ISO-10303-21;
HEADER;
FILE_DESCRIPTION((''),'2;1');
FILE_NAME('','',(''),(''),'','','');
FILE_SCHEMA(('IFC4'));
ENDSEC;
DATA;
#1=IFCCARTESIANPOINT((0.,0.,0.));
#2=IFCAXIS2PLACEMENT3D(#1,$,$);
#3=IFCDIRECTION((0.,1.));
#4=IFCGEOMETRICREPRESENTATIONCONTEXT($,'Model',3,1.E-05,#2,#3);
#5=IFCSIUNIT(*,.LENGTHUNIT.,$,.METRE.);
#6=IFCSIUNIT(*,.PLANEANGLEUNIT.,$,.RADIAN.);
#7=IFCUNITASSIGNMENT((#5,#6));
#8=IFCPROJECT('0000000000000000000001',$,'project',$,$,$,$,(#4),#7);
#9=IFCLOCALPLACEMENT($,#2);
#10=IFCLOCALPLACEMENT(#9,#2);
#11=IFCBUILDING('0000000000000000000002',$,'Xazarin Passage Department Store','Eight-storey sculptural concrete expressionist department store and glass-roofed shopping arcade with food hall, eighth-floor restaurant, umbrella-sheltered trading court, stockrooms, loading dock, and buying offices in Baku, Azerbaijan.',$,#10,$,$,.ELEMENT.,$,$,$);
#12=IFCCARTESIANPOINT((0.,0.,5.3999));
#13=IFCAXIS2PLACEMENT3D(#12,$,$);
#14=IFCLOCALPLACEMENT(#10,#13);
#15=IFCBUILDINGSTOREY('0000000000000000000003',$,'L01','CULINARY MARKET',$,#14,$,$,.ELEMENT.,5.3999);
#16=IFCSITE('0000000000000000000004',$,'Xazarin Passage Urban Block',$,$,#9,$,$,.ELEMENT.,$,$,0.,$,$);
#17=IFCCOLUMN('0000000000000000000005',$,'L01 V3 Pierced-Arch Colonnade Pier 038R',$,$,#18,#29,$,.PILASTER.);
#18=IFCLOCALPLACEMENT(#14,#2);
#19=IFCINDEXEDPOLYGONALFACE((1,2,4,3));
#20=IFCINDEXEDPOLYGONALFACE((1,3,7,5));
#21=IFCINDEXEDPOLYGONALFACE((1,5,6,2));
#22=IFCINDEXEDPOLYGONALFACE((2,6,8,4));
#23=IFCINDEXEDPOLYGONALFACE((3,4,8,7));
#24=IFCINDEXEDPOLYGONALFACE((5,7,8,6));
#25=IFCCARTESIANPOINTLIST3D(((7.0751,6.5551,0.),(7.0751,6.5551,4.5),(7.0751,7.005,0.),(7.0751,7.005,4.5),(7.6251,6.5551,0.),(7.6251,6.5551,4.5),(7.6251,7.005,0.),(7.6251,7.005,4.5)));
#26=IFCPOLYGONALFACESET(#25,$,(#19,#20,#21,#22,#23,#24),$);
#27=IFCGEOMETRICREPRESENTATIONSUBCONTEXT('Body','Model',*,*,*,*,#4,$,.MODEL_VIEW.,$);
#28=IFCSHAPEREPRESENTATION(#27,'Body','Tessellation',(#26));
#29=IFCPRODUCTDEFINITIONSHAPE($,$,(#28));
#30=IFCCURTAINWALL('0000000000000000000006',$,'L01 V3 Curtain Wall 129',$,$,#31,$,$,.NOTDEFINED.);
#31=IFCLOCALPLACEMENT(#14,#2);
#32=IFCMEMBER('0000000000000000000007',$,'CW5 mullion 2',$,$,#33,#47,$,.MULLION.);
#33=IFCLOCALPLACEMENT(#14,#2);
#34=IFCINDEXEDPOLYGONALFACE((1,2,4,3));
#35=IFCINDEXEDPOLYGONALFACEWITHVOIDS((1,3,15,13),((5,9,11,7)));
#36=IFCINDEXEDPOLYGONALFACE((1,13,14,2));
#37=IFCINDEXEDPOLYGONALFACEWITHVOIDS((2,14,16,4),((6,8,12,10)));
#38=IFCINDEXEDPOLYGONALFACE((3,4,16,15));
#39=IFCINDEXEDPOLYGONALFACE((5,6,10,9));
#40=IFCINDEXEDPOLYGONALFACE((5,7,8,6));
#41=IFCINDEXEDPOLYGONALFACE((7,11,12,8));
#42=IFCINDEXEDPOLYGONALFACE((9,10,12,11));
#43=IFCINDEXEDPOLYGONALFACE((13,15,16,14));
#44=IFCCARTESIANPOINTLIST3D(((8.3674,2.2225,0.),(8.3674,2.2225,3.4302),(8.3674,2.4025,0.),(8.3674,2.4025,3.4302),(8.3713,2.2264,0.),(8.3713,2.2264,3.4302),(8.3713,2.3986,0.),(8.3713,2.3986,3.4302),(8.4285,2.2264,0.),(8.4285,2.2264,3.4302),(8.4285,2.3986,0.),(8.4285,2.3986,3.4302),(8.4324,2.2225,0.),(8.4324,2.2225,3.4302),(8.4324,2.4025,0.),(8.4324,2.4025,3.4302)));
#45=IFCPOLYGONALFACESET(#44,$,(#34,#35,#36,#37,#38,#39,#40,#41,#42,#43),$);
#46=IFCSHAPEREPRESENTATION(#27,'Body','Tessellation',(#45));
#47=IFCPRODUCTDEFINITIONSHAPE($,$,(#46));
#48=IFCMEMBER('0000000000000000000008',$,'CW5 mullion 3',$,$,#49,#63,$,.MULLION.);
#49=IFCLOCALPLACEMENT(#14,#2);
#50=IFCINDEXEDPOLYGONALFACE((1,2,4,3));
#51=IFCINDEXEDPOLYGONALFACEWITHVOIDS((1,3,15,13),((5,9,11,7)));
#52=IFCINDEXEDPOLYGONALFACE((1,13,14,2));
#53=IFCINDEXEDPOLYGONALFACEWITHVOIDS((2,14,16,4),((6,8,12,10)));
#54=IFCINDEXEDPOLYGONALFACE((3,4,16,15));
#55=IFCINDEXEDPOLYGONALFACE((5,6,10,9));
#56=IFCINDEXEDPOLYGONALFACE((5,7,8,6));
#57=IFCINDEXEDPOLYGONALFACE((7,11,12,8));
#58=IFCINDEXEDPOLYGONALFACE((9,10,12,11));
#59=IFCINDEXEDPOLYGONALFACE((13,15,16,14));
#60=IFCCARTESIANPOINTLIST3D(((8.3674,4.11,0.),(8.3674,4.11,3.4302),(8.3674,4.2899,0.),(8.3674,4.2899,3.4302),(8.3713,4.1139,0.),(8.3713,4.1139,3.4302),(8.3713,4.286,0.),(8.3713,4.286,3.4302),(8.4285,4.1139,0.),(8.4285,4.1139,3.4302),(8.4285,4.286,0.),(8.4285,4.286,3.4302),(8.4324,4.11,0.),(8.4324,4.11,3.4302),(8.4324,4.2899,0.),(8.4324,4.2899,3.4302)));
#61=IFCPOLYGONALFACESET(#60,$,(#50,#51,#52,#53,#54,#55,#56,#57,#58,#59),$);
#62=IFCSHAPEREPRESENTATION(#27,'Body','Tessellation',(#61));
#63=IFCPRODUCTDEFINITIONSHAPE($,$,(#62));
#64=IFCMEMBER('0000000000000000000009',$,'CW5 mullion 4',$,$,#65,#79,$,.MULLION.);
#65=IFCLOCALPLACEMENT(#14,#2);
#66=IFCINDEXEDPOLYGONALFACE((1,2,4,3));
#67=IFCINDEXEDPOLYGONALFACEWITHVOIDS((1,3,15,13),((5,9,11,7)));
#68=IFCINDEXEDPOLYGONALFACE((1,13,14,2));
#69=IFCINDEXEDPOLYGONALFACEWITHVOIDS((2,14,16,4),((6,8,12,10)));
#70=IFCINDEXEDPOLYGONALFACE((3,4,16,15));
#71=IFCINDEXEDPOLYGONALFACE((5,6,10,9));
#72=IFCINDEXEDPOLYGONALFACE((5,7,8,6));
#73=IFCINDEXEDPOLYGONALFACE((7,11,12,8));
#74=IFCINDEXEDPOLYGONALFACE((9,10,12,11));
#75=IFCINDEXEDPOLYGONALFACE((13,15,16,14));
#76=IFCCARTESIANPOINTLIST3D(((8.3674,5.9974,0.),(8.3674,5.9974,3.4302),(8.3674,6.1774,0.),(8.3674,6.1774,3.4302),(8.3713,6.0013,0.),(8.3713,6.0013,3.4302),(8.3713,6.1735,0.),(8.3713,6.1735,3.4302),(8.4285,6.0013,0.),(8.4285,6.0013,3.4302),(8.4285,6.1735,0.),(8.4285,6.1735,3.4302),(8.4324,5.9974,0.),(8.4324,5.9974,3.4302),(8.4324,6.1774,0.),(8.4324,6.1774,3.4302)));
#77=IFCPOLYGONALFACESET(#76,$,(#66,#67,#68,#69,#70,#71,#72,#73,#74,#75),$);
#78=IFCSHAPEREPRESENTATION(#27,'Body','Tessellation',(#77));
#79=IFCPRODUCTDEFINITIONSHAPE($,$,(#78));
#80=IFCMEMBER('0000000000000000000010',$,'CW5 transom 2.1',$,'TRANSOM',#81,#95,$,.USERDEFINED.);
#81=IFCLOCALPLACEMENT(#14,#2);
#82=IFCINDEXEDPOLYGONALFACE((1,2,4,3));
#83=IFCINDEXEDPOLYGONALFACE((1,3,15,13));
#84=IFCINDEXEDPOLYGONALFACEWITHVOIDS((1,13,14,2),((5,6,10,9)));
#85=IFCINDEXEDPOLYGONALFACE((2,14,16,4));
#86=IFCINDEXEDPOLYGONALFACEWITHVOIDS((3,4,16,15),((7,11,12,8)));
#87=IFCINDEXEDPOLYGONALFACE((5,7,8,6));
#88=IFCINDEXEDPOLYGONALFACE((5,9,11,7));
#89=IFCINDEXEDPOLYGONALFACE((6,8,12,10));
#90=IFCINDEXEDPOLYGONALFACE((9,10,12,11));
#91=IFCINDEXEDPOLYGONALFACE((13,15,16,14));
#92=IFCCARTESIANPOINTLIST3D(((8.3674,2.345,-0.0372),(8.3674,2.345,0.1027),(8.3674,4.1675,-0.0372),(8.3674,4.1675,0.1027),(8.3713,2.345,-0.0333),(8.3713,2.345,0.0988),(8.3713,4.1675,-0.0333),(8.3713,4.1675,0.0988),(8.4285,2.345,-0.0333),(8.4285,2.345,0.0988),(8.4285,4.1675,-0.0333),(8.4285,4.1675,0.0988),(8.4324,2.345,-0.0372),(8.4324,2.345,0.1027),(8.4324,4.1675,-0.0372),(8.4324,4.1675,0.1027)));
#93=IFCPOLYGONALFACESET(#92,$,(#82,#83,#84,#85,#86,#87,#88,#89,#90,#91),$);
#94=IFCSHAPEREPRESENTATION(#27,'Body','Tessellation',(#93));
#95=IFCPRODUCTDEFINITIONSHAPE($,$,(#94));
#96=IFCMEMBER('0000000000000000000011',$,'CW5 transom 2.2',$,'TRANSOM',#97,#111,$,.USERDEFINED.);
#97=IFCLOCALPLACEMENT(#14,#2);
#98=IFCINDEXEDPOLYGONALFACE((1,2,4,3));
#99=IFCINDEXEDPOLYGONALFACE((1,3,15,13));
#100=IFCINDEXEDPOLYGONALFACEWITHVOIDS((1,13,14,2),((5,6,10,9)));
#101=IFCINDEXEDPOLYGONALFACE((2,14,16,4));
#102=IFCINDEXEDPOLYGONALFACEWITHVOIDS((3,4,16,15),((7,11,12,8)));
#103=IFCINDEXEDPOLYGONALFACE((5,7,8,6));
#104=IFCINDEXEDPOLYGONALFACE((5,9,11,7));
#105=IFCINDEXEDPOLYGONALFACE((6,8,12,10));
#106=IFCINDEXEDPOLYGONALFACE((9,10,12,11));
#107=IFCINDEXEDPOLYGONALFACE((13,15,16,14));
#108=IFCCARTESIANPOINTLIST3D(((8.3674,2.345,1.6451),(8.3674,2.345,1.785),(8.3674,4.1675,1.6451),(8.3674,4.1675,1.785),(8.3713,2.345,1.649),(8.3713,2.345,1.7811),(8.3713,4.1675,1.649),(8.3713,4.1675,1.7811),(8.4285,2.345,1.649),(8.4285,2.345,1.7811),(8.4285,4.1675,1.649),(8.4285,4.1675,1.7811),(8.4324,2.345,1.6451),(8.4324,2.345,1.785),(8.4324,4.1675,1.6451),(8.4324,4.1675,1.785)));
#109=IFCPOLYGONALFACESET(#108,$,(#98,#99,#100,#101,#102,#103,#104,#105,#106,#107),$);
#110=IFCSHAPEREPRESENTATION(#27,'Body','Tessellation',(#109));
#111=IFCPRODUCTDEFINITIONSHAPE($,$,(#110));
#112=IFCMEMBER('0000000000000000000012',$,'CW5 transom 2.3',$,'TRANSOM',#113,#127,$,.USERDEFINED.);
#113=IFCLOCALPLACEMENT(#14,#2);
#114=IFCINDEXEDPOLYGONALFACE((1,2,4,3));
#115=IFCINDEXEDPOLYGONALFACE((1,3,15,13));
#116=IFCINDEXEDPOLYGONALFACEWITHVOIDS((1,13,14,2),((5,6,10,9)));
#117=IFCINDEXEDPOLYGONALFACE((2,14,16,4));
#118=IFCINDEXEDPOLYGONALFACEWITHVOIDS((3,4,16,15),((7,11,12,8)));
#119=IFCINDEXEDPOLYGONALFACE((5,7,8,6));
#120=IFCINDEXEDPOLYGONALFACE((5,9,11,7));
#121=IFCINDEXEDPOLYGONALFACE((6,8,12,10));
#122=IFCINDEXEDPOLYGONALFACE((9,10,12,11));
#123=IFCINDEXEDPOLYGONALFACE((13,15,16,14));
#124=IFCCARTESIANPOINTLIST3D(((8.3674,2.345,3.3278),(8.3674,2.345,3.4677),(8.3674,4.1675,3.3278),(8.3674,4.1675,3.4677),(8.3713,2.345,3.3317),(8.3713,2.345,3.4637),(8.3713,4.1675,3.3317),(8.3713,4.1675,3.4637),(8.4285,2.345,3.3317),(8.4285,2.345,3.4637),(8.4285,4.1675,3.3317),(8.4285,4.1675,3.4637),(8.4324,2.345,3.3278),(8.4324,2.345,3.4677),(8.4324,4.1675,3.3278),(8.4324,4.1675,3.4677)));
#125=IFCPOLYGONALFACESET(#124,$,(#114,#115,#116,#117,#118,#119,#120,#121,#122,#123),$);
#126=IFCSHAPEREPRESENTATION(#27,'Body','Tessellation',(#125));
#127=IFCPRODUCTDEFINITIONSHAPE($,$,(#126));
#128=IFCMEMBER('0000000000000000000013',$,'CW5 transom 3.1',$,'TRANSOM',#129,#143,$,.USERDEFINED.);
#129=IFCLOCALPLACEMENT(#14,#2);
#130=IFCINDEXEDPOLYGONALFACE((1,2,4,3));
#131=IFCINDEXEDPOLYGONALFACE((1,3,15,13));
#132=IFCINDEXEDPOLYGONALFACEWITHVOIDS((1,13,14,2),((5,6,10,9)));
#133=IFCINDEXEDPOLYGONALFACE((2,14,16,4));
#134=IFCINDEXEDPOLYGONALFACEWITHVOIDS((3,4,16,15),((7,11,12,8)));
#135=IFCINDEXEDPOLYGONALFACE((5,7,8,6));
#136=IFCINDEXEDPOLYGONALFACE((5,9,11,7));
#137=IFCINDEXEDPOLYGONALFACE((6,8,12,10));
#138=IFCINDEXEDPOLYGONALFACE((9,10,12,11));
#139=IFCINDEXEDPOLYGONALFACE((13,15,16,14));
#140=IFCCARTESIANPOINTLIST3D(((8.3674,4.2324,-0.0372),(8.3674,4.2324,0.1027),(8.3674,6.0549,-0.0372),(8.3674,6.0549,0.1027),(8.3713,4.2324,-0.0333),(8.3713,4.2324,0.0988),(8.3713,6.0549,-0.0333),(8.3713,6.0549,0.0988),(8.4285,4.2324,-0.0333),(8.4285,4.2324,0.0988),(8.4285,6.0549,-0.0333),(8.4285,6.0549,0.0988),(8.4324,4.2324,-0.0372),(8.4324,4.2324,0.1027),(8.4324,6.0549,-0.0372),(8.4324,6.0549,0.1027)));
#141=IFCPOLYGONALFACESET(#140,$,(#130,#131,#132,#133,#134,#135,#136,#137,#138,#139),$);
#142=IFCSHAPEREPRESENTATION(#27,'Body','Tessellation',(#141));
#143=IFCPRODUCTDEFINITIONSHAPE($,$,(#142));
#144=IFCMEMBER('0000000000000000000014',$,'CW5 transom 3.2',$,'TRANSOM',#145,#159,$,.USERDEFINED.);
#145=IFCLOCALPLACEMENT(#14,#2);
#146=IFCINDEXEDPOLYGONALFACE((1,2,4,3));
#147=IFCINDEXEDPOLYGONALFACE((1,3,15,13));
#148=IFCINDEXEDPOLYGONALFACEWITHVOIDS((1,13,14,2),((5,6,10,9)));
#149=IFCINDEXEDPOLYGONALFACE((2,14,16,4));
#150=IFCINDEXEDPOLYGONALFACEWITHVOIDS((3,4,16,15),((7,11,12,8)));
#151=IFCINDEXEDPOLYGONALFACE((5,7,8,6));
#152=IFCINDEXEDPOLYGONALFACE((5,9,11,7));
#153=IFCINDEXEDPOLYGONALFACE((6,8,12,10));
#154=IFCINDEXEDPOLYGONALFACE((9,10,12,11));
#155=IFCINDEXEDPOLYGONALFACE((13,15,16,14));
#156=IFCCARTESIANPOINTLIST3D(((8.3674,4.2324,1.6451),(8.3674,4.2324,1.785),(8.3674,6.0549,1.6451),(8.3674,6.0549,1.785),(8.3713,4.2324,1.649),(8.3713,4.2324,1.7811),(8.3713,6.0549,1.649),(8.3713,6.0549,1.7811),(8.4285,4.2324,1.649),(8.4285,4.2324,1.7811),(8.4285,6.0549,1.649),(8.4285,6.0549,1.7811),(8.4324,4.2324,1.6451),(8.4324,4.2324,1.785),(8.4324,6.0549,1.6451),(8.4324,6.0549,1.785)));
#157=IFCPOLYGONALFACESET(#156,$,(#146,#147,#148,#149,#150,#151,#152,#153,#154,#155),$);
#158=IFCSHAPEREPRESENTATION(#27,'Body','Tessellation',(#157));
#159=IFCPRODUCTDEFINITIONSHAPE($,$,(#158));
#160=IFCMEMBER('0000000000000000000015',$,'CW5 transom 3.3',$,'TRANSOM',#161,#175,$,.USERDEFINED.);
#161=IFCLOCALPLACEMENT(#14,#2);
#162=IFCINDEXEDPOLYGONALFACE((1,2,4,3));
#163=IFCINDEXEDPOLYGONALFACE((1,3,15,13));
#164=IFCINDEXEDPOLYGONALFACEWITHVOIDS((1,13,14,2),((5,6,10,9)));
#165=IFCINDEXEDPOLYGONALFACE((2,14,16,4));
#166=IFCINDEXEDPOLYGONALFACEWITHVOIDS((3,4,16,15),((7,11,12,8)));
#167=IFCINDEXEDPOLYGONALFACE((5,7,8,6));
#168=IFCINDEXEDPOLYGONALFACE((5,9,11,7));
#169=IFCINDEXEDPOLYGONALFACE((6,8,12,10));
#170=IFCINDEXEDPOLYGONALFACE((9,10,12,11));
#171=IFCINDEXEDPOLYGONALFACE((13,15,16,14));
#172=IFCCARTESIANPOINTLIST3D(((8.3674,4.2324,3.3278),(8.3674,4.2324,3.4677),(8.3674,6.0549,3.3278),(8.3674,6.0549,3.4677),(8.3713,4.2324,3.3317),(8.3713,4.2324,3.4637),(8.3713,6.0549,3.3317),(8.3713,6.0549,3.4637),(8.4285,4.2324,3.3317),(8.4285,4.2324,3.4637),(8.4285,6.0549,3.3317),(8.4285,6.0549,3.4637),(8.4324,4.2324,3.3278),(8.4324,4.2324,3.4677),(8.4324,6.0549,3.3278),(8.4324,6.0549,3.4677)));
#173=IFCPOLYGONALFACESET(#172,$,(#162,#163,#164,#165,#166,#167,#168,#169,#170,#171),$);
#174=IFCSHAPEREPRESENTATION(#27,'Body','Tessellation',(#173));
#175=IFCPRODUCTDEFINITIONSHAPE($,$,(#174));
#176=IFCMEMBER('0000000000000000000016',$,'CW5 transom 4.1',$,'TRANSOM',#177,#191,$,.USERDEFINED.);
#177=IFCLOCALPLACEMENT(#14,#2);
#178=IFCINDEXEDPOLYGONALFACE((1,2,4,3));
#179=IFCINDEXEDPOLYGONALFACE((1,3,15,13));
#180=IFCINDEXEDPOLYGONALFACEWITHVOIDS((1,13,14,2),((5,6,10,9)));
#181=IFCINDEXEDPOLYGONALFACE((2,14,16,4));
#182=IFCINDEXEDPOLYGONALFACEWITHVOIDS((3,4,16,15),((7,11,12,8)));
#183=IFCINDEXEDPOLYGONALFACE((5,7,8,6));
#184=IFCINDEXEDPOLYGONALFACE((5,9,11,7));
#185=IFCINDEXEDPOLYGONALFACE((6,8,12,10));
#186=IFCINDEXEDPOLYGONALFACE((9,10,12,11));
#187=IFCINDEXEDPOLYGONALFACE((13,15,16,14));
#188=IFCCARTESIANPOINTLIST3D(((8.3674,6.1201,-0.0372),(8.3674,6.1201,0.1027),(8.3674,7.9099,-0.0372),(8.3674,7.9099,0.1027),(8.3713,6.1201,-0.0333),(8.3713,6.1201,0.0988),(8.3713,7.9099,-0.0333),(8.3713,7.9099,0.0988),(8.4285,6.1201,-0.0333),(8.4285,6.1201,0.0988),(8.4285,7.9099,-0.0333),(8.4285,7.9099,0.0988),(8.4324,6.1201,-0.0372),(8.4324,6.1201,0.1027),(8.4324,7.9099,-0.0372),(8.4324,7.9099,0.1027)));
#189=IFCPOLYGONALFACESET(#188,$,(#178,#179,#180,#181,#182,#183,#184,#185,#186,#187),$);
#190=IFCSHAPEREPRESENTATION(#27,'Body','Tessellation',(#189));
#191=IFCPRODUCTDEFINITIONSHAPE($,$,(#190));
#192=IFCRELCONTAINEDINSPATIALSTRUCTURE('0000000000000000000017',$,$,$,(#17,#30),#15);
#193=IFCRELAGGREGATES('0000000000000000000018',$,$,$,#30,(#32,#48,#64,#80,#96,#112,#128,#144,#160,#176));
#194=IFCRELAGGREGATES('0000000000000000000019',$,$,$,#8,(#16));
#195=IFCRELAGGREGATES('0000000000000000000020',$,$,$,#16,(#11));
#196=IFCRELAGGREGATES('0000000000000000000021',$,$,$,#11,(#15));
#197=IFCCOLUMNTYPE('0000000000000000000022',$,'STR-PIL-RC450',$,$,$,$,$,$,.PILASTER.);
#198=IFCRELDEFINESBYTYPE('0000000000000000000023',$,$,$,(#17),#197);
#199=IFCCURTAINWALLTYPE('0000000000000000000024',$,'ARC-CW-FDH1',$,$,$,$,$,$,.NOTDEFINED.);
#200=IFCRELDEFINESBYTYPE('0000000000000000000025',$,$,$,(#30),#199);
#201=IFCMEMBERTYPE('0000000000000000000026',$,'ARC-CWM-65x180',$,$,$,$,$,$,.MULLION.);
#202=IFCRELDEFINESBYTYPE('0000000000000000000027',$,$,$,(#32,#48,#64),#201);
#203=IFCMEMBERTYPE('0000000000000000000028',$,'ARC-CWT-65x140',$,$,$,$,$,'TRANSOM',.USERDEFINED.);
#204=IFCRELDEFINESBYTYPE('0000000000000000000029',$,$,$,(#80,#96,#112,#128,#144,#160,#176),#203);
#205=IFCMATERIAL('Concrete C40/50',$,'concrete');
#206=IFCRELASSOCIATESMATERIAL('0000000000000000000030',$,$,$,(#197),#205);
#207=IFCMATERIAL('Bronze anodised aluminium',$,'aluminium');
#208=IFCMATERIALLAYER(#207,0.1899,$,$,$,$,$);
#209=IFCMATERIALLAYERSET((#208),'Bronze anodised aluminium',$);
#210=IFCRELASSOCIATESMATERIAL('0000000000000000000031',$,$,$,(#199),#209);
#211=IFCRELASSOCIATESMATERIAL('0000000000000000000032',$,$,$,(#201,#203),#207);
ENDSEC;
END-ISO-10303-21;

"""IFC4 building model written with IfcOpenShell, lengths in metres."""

from ifc_helpers import new_model, si_unit, direction, frame, origin, origin_2d, place, context, subcontext, project, spatial, rectangle, hollow_rectangle, extrude, material, layer, layer_set, material_profile, profile_set, type_object, element, aggregate, save


model = new_model("IFC4")

# Units and contexts
model_context = context("Model", 3, precision=1e-05, world=origin(), true_north=direction((0.0, 1.0)))
body_context = subcontext(model_context, "Body", "Model", "MODEL_VIEW")
ifc_project = project(units=[si_unit("LENGTHUNIT", "METRE"), si_unit("PLANEANGLEUNIT", "RADIAN")], contexts=[model_context])

# Site, building, storey
site_placement = place(None, origin())
site = spatial("IfcSite", under=ifc_project, at=site_placement, Name="Xazarin Passage Urban Block", CompositionType="ELEMENT", RefElevation=0.0)
building_placement = place(site_placement, origin())
building = spatial("IfcBuilding", under=site, at=building_placement, Name="Xazarin Passage Department Store", Description="Eight-storey sculptural concrete expressionist department store and glass-roofed shopping arcade with food hall, eighth-floor restaurant, umbrella-sheltered trading court, stockrooms, loading dock, and buying offices in Baku, Azerbaijan.", CompositionType="ELEMENT")
storey_placement = place(building_placement, frame((0.0, 0.0, 5.3999)))
storey = spatial("IfcBuildingStorey", under=building, at=storey_placement, Name="L01", Description="CULINARY MARKET", CompositionType="ELEMENT", Elevation=5.3999)

# Column
ifc_material_1 = material(Name="Concrete C40/50", Category="concrete")
ifc_material_profile_1 = material_profile(ifc_material_1, rectangle(XDim=0.45, YDim=0.55, at=origin_2d()), Name="RC 450x550")
ifc_profile_set_1 = profile_set([ifc_material_profile_1], Name="Concrete C40/50")
column_type = type_object("IfcColumnType", Name="STR-PIL-RC450", PredefinedType="PILASTER", material=ifc_profile_set_1)
column_placement = place(storey_placement, frame((7.3501, 6.78, 0.0), z_axis=(0.0, 0.0, 1.0), x_axis=(0.0, 1.0, 0.0)))
element("IfcColumn", 1, at=column_placement, inside=storey, type_object=column_type, Name="L01 V3 Pierced-Arch Colonnade Pier 038R", PredefinedType="PILASTER", context=body_context, shape_type="SweptSolid", body=[
    extrude(rectangle(XDim=0.45, YDim=0.55, at=origin_2d()), origin(), (0.0, 0.0, 1.0), 4.5),
])

# Curtain wall, members
ifc_material_2 = material(Name="Bronze anodised aluminium", Category="aluminium")
ifc_layer_1 = layer(ifc_material_2, 0.1899)
ifc_layer_set_1 = layer_set([ifc_layer_1], Name="Bronze anodised aluminium")
curtain_wall_type = type_object("IfcCurtainWallType", Name="ARC-CW-FDH1", PredefinedType="NOTDEFINED", material=ifc_layer_set_1)
curtain_wall_placement = place(storey_placement, origin())
curtain_wall = element("IfcCurtainWall", 2, at=curtain_wall_placement, inside=storey, type_object=curtain_wall_type, Name="L01 V3 Curtain Wall 129", PredefinedType="NOTDEFINED")
ifc_material_profile_2 = material_profile(ifc_material_2, hollow_rectangle(XDim=0.0649, YDim=0.1799, WallThickness=0.0039, at=origin_2d()), Name="ALU 65x180")
ifc_profile_set_2 = profile_set([ifc_material_profile_2], Name="Bronze anodised aluminium")
member_type_1 = type_object("IfcMemberType", Name="ARC-CWM-65x180", PredefinedType="MULLION", material=ifc_profile_set_2)
member_1_placement = place(storey_placement, frame((8.3999, 2.3125, 0.0), z_axis=(0.0, 0.0, 1.0), x_axis=(-1.0, 0.0, 0.0)))
member_1 = element("IfcMember", 3, at=member_1_placement, type_object=member_type_1, Name="CW5 mullion 2", PredefinedType="MULLION", context=body_context, shape_type="SweptSolid", body=[
    extrude(hollow_rectangle(XDim=0.0649, YDim=0.1799, WallThickness=0.0039, at=origin_2d()), origin(), (0.0, 0.0, 1.0), 3.4302),
])
member_2_placement = place(storey_placement, frame((8.3999, 4.2, 0.0), z_axis=(0.0, 0.0, 1.0), x_axis=(-1.0, 0.0, 0.0)))
member_2 = element("IfcMember", 4, at=member_2_placement, type_object=member_type_1, Name="CW5 mullion 3", PredefinedType="MULLION", context=body_context, shape_type="SweptSolid", body=[
    extrude(hollow_rectangle(XDim=0.0649, YDim=0.1799, WallThickness=0.0039, at=origin_2d()), origin(), (0.0, 0.0, 1.0), 3.4302),
])
member_3_placement = place(storey_placement, frame((8.3999, 6.0874, 0.0), z_axis=(0.0, 0.0, 1.0), x_axis=(-1.0, 0.0, 0.0)))
member_3 = element("IfcMember", 5, at=member_3_placement, type_object=member_type_1, Name="CW5 mullion 4", PredefinedType="MULLION", context=body_context, shape_type="SweptSolid", body=[
    extrude(hollow_rectangle(XDim=0.0649, YDim=0.1799, WallThickness=0.0039, at=origin_2d()), origin(), (0.0, 0.0, 1.0), 3.4302),
])
ifc_material_profile_3 = material_profile(ifc_material_2, hollow_rectangle(XDim=0.0649, YDim=0.1399, WallThickness=0.0039, at=origin_2d()), Name="ALU 65x140")
ifc_profile_set_3 = profile_set([ifc_material_profile_3], Name="Bronze anodised aluminium")
member_type_2 = type_object("IfcMemberType", Name="ARC-CWT-65x140", ElementType="TRANSOM", PredefinedType="USERDEFINED", material=ifc_profile_set_3)
member_4_placement = place(storey_placement, frame((8.3999, 2.345, 0.0327), z_axis=(0.0, 1.0, 0.0), x_axis=(-1.0, 0.0, 0.0)))
member_4 = element("IfcMember", 6, at=member_4_placement, type_object=member_type_2, Name="CW5 transom 2.1", ObjectType="TRANSOM", PredefinedType="USERDEFINED", context=body_context, shape_type="SweptSolid", body=[
    extrude(hollow_rectangle(XDim=0.0649, YDim=0.1399, WallThickness=0.0039, at=origin_2d()), origin(), (0.0, 0.0, 1.0), 1.8225),
])
member_5_placement = place(storey_placement, frame((8.3999, 2.345, 1.7151), z_axis=(0.0, 1.0, 0.0), x_axis=(-1.0, 0.0, 0.0)))
member_5 = element("IfcMember", 7, at=member_5_placement, type_object=member_type_2, Name="CW5 transom 2.2", ObjectType="TRANSOM", PredefinedType="USERDEFINED", context=body_context, shape_type="SweptSolid", body=[
    extrude(hollow_rectangle(XDim=0.0649, YDim=0.1399, WallThickness=0.0039, at=origin_2d()), origin(), (0.0, 0.0, 1.0), 1.8225),
])
member_6_placement = place(storey_placement, frame((8.3999, 2.345, 3.3977), z_axis=(0.0, 1.0, 0.0), x_axis=(-1.0, 0.0, 0.0)))
member_6 = element("IfcMember", 8, at=member_6_placement, type_object=member_type_2, Name="CW5 transom 2.3", ObjectType="TRANSOM", PredefinedType="USERDEFINED", context=body_context, shape_type="SweptSolid", body=[
    extrude(hollow_rectangle(XDim=0.0649, YDim=0.1399, WallThickness=0.0039, at=origin_2d()), origin(), (0.0, 0.0, 1.0), 1.8225),
])
member_7_placement = place(storey_placement, frame((8.3999, 4.2324, 0.0327), z_axis=(0.0, 1.0, 0.0), x_axis=(-1.0, 0.0, 0.0)))
member_7 = element("IfcMember", 9, at=member_7_placement, type_object=member_type_2, Name="CW5 transom 3.1", ObjectType="TRANSOM", PredefinedType="USERDEFINED", context=body_context, shape_type="SweptSolid", body=[
    extrude(hollow_rectangle(XDim=0.0649, YDim=0.1399, WallThickness=0.0039, at=origin_2d()), origin(), (0.0, 0.0, 1.0), 1.8225),
])
member_8_placement = place(storey_placement, frame((8.3999, 4.2324, 1.7151), z_axis=(0.0, 1.0, 0.0), x_axis=(-1.0, 0.0, 0.0)))
member_8 = element("IfcMember", 10, at=member_8_placement, type_object=member_type_2, Name="CW5 transom 3.2", ObjectType="TRANSOM", PredefinedType="USERDEFINED", context=body_context, shape_type="SweptSolid", body=[
    extrude(hollow_rectangle(XDim=0.0649, YDim=0.1399, WallThickness=0.0039, at=origin_2d()), origin(), (0.0, 0.0, 1.0), 1.8225),
])
member_9_placement = place(storey_placement, frame((8.3999, 4.2324, 3.3977), z_axis=(0.0, 1.0, 0.0), x_axis=(-1.0, 0.0, 0.0)))
member_9 = element("IfcMember", 11, at=member_9_placement, type_object=member_type_2, Name="CW5 transom 3.3", ObjectType="TRANSOM", PredefinedType="USERDEFINED", context=body_context, shape_type="SweptSolid", body=[
    extrude(hollow_rectangle(XDim=0.0649, YDim=0.1399, WallThickness=0.0039, at=origin_2d()), origin(), (0.0, 0.0, 1.0), 1.8225),
])
member_10_placement = place(storey_placement, frame((8.3999, 6.1201, 0.0327), z_axis=(0.0, 1.0, 0.0), x_axis=(-1.0, 0.0, 0.0)))
member_10 = element("IfcMember", 12, at=member_10_placement, type_object=member_type_2, Name="CW5 transom 4.1", ObjectType="TRANSOM", PredefinedType="USERDEFINED", context=body_context, shape_type="SweptSolid", body=[
    extrude(hollow_rectangle(XDim=0.0649, YDim=0.1399, WallThickness=0.0039, at=origin_2d()), origin(), (0.0, 0.0, 1.0), 1.7898),
])

aggregate(curtain_wall, [member_1, member_2, member_3, member_4, member_5, member_6, member_7, member_8, member_9, member_10])

save(model, "model.ifc")
